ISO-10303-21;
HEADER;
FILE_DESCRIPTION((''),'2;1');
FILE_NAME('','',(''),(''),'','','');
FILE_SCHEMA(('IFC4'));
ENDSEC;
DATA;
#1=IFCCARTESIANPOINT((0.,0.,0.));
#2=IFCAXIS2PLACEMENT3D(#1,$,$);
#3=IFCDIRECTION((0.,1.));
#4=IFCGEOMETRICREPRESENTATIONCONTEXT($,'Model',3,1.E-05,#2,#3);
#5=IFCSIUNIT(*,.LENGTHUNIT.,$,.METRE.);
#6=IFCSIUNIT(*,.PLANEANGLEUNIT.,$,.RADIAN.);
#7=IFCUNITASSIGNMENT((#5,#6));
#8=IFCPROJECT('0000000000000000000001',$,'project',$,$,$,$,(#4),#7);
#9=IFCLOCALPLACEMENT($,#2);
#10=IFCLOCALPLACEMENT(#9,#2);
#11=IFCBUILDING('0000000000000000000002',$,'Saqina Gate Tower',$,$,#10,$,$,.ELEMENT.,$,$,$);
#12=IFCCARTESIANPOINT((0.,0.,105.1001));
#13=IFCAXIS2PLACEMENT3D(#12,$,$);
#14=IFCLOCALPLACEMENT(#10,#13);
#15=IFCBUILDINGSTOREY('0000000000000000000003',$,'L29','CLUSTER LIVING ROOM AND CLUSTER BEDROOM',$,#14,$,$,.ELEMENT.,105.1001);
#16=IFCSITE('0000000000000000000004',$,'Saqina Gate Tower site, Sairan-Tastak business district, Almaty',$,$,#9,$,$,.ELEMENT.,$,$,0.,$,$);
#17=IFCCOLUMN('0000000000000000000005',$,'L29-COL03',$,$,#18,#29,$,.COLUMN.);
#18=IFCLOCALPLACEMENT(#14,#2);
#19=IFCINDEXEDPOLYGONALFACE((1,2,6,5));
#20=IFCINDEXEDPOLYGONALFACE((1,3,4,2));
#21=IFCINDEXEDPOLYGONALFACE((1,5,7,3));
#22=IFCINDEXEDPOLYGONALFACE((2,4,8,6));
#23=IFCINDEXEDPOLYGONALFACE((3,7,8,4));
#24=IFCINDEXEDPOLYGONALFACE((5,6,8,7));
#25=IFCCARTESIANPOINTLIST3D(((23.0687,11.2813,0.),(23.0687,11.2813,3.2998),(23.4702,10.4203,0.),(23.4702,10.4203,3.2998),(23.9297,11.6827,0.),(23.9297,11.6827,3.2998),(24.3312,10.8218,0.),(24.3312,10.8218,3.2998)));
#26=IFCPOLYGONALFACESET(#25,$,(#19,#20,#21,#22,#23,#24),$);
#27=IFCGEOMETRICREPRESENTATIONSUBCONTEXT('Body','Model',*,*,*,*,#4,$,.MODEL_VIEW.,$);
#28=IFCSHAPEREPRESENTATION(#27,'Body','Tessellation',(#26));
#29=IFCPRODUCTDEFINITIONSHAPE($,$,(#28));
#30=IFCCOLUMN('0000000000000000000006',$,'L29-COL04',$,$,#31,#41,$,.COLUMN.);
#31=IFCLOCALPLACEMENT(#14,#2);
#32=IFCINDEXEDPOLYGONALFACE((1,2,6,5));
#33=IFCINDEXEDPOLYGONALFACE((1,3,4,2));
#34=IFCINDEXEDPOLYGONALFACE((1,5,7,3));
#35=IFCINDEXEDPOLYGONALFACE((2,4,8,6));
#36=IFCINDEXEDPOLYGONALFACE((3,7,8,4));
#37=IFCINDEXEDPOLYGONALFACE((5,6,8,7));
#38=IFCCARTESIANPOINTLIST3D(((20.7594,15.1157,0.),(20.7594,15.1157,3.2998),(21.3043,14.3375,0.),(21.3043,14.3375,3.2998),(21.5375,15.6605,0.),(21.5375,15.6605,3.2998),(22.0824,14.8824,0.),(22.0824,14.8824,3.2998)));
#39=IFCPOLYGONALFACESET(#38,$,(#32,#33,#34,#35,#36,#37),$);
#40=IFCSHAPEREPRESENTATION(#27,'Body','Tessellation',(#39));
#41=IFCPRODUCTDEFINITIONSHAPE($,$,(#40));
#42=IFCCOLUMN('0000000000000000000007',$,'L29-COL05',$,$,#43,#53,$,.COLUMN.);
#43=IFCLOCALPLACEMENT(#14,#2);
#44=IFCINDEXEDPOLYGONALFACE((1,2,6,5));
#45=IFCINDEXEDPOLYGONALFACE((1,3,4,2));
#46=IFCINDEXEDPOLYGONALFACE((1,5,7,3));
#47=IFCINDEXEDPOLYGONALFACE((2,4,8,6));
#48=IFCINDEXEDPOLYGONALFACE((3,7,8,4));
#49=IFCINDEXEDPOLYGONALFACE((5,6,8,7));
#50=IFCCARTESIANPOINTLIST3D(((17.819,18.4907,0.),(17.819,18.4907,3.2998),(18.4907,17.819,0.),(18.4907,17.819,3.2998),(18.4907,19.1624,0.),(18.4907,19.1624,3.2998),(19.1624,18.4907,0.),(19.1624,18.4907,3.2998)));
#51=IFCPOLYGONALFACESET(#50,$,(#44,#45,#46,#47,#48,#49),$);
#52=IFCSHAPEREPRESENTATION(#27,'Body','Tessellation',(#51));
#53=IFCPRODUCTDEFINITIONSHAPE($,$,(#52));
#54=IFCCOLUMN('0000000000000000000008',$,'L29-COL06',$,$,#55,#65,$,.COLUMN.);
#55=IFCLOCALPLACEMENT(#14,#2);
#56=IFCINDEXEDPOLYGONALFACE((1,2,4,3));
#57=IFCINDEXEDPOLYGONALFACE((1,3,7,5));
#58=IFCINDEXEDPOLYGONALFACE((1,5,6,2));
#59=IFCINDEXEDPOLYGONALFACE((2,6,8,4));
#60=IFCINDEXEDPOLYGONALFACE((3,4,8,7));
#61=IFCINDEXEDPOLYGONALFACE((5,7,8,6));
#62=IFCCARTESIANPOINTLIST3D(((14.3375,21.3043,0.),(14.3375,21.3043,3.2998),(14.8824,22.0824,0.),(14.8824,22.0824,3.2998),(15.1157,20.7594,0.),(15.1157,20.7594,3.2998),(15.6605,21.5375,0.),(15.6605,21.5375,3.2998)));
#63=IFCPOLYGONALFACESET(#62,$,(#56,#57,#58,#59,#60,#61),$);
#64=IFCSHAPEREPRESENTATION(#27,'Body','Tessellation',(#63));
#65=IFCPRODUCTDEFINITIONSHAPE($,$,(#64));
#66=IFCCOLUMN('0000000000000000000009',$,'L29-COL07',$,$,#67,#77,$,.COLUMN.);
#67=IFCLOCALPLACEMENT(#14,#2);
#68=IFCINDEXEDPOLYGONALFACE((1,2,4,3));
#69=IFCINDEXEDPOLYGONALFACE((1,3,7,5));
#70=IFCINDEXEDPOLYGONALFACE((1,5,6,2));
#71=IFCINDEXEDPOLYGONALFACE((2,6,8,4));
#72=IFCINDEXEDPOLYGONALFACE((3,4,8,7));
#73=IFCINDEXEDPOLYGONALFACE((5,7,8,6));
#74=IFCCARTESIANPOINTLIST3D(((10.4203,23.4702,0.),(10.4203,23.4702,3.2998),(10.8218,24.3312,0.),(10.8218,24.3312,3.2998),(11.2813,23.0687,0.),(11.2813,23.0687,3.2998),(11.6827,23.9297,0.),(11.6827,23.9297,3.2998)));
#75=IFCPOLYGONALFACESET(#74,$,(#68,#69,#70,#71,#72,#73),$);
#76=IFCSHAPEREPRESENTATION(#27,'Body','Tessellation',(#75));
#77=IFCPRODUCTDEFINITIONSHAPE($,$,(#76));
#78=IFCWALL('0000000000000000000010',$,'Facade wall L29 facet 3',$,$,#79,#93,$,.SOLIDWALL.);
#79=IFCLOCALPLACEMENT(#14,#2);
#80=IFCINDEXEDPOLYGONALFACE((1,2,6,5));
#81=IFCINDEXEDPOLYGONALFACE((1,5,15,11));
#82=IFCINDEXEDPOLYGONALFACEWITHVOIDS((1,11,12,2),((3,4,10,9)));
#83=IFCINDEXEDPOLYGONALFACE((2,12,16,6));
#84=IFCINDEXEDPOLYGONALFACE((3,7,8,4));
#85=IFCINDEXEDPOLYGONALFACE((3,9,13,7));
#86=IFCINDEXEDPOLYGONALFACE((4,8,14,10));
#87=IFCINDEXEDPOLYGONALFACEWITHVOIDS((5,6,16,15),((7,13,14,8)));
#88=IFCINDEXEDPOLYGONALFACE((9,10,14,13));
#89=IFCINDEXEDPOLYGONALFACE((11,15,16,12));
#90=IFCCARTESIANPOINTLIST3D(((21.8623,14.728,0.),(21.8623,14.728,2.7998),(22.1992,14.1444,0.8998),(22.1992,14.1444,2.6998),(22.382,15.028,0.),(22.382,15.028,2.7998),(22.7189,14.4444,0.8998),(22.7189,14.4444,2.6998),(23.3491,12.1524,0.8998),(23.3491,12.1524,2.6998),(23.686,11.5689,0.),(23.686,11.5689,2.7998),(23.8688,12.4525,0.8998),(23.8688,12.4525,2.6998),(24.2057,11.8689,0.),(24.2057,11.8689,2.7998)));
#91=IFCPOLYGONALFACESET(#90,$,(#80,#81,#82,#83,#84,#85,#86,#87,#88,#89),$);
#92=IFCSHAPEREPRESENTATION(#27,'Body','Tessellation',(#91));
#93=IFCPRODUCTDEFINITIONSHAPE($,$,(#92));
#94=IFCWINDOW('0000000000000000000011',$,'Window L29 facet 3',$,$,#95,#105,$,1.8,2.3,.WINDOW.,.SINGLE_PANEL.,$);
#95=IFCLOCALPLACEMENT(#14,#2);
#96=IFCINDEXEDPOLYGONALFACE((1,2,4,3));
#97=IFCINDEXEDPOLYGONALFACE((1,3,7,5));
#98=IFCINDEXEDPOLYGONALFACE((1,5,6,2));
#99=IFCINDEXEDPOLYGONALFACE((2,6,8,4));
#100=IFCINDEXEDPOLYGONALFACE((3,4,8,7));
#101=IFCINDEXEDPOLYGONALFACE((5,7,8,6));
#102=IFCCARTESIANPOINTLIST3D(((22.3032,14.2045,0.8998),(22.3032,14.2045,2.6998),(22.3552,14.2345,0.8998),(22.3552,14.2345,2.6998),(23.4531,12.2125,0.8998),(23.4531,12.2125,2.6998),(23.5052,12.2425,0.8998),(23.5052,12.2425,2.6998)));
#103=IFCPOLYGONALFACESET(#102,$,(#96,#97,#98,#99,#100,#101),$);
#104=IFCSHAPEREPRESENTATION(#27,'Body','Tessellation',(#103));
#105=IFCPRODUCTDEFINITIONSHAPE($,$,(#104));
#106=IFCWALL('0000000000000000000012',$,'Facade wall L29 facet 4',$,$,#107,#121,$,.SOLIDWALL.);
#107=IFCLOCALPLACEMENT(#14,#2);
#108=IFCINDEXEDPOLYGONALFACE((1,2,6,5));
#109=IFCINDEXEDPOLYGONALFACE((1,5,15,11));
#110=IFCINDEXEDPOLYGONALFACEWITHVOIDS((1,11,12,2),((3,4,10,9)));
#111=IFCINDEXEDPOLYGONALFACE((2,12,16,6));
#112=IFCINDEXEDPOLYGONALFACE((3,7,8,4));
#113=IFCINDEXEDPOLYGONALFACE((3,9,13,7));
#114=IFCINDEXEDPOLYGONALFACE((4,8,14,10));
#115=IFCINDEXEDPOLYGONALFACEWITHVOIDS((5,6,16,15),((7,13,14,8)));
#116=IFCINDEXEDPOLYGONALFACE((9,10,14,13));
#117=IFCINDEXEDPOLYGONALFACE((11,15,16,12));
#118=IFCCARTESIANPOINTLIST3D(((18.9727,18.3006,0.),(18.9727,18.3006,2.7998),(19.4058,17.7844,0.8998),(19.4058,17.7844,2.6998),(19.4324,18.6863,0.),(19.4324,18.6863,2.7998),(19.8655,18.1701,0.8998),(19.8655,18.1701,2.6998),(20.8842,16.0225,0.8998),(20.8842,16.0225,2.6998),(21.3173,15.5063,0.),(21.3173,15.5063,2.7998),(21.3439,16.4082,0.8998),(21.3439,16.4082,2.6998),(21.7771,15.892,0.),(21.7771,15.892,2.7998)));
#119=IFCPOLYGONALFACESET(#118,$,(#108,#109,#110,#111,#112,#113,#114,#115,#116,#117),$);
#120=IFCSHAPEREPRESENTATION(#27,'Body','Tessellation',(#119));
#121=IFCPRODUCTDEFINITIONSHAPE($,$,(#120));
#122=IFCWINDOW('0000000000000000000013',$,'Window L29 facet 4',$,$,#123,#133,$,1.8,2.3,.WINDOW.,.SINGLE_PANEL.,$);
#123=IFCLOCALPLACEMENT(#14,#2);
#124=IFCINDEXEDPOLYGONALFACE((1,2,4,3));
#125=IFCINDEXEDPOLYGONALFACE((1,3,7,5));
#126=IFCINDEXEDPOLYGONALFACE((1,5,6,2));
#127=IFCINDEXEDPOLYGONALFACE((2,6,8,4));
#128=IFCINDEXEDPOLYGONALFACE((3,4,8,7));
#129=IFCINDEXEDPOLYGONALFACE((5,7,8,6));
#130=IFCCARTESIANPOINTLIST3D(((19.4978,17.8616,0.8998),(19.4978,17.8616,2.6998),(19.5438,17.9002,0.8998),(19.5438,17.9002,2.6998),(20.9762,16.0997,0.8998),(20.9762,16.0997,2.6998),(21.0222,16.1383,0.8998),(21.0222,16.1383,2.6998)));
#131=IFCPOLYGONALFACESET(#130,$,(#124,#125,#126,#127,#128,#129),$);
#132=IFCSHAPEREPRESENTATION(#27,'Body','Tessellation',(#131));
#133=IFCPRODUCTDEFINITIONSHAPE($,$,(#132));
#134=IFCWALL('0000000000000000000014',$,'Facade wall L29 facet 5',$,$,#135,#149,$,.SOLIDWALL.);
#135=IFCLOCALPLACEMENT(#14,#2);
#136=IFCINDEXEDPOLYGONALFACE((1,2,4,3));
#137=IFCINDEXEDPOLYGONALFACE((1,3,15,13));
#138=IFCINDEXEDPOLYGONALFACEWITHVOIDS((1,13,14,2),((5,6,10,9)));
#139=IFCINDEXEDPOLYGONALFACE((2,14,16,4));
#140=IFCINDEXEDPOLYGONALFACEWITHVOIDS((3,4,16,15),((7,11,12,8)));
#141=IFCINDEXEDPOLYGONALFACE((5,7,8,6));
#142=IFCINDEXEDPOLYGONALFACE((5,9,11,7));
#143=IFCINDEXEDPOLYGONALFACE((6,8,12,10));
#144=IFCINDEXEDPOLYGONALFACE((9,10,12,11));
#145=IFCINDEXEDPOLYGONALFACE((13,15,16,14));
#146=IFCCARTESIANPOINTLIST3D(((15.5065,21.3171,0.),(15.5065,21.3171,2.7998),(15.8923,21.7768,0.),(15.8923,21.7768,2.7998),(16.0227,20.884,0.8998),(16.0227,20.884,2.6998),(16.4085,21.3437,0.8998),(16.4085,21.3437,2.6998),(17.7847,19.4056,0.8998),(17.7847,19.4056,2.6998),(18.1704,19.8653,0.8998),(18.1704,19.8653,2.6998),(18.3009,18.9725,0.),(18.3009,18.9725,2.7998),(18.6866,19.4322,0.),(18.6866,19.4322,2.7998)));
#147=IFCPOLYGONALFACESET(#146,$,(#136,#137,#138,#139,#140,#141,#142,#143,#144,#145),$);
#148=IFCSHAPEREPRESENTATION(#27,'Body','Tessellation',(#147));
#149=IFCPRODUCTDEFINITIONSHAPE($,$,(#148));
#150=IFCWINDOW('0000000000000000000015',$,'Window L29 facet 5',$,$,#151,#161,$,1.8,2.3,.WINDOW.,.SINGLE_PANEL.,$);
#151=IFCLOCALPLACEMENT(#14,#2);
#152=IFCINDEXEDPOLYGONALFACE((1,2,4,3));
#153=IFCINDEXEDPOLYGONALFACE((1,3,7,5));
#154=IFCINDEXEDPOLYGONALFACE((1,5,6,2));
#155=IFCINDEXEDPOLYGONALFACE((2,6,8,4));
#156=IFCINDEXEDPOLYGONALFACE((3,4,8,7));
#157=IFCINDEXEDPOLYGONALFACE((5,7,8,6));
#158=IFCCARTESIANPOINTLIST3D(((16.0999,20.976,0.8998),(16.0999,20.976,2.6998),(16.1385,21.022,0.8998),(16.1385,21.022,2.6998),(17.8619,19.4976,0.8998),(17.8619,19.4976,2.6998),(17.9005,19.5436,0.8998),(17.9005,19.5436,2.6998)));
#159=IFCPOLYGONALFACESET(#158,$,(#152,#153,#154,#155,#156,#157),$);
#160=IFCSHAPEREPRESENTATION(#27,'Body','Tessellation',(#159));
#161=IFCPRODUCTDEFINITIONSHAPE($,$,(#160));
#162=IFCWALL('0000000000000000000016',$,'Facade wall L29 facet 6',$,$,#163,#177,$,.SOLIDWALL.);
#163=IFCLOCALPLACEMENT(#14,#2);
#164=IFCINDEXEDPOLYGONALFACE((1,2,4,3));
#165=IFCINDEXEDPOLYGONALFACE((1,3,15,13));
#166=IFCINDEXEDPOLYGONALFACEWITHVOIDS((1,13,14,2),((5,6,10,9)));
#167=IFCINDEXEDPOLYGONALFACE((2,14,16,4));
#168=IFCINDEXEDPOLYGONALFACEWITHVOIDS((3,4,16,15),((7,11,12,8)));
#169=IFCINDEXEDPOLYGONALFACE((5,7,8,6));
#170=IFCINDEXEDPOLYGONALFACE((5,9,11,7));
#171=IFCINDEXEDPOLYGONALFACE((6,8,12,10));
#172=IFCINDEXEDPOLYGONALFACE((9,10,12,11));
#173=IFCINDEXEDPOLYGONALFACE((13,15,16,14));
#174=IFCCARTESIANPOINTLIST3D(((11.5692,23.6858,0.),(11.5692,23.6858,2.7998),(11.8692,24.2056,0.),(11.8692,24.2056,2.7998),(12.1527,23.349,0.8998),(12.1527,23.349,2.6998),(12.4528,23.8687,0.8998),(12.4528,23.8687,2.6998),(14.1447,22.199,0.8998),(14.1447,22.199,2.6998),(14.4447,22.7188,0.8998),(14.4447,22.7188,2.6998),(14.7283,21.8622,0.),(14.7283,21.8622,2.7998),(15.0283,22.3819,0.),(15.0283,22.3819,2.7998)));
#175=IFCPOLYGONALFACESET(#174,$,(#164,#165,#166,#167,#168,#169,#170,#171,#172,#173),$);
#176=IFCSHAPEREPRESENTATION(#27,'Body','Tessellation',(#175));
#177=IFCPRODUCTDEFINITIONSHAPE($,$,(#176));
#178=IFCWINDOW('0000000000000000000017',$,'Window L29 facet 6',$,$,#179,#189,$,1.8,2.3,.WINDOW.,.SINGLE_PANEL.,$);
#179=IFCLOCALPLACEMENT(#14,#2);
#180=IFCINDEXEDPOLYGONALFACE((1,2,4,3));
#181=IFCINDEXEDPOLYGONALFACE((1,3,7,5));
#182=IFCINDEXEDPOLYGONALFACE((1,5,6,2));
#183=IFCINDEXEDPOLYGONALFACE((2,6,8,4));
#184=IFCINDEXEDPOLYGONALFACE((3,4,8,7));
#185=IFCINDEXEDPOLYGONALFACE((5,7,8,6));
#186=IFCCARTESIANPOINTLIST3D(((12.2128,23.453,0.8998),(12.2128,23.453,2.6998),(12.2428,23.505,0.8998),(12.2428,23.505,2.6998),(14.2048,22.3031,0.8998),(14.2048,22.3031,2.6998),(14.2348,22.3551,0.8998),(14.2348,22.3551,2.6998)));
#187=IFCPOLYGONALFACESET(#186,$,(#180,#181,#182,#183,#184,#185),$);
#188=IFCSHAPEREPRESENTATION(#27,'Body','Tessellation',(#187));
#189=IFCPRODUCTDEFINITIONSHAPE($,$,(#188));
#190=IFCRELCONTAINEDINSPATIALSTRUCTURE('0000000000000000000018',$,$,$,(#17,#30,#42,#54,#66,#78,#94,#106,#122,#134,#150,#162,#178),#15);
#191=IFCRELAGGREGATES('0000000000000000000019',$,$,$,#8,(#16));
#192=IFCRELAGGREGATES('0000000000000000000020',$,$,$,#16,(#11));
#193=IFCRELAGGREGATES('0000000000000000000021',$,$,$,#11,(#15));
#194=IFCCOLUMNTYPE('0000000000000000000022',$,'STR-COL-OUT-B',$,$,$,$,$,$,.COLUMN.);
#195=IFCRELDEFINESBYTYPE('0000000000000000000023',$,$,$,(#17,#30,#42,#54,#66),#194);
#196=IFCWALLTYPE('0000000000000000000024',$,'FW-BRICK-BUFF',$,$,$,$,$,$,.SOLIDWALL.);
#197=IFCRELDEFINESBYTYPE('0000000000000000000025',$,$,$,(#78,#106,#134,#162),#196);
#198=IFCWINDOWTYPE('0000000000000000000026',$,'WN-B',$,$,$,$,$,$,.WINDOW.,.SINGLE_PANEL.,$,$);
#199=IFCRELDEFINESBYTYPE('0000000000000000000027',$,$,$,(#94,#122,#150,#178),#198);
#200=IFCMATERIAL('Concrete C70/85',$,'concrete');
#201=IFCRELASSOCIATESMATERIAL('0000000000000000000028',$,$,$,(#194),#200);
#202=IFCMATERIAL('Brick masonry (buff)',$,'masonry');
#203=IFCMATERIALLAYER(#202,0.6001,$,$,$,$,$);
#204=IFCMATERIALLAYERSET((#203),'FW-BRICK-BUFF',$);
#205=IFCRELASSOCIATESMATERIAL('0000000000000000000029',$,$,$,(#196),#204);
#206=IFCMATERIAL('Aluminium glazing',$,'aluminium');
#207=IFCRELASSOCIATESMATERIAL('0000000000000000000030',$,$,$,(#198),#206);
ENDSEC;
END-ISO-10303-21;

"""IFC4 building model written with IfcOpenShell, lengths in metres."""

from ifc_helpers import new_model, si_unit, direction, frame, frame_2d, origin, origin_2d, place, context, subcontext, project, spatial, rectangle, extrude, material, layer, layer_set, material_profile, profile_set, type_object, element, fill, save


model = new_model("IFC4")

# Units and contexts
model_context = context("Model", 3, precision=1e-05, world=origin(), true_north=direction((0.0, 1.0)))
body_context = subcontext(model_context, "Body", "Model", "MODEL_VIEW")
ifc_project = project(units=[si_unit("LENGTHUNIT", "METRE"), si_unit("PLANEANGLEUNIT", "RADIAN")], contexts=[model_context])

# Site, building, storey
site_placement = place(None, origin())
site = spatial("IfcSite", under=ifc_project, at=site_placement, Name="Saqina Gate Tower site, Sairan-Tastak business district, Almaty", CompositionType="ELEMENT", RefElevation=0.0)
building_placement = place(site_placement, origin())
building = spatial("IfcBuilding", under=site, at=building_placement, Name="Saqina Gate Tower", CompositionType="ELEMENT")
storey_placement = place(building_placement, frame((0.0, 0.0, 105.1001)))
storey = spatial("IfcBuildingStorey", under=building, at=storey_placement, Name="L29", Description="CLUSTER LIVING ROOM AND CLUSTER BEDROOM", CompositionType="ELEMENT", Elevation=105.1001)

# Columns
ifc_material_1 = material(Name="Concrete C70/85", Category="concrete")
ifc_material_profile = material_profile(ifc_material_1, rectangle(XDim=0.95, YDim=0.95, at=origin_2d()), Name="RC 950x950")
ifc_profile_set = profile_set([ifc_material_profile], Name="Concrete C70/85")
column_type = type_object("IfcColumnType", Name="STR-COL-OUT-B", PredefinedType="COLUMN", material=ifc_profile_set)
for number, where, z_axis, x_axis, name in (
    (1, (23.7, 11.0515, 0.0), (0.0, 0.0, 1.0), (0.906308, 0.422618, 0.0), "L29-COL03"),
    (2, (21.4209, 14.999, 0.0), (0.0, 0.0, 1.0), (0.819152, 0.573576, 0.0), "L29-COL04"),
    (3, (18.4907, 18.4907, 0.0), (0.0, 0.0, 1.0), (0.707107, 0.707107, 0.0), "L29-COL05"),
    (4, (14.999, 21.4209, 0.0), (0.0, 0.0, 1.0), (0.573576, 0.819152, 0.0), "L29-COL06"),
    (5, (11.0515, 23.7, 0.0), (0.0, 0.0, 1.0), (0.422618, 0.906308, 0.0), "L29-COL07"),
):
    element("IfcColumn", number, at=place(storey_placement, frame(where, z_axis=z_axis, x_axis=x_axis)), inside=storey, type_object=column_type, Name=name, PredefinedType="COLUMN", context=body_context, shape_type="SweptSolid", body=[
        extrude(rectangle(XDim=0.95, YDim=0.95, at=origin_2d()), origin(), (0.0, 0.0, 1.0), 3.2998),
    ])

# Walls, openings, windows
ifc_material_2 = material(Name="Brick masonry (buff)", Category="masonry")
ifc_layer_1 = layer(ifc_material_2, 0.6001)
ifc_layer_set_1 = layer_set([ifc_layer_1], Name="FW-BRICK-BUFF")
wall_type_1 = type_object("IfcWallType", Name="FW-BRICK-BUFF", PredefinedType="SOLIDWALL", material=ifc_layer_set_1)
wall_1_placement = place(storey_placement, frame((23.9458, 11.719, 0.0), z_axis=(0.0, 0.0, 1.0), x_axis=(-0.499954, 0.866052, 0.0)))
wall_1 = element("IfcWall", 6, at=wall_1_placement, inside=storey, type_object=wall_type_1, Name="Facade wall L29 facet 3", PredefinedType="SOLIDWALL", context=body_context, shape_type="SweptSolid", body=[
    extrude(rectangle(XDim=3.6477, YDim=0.6001, at=frame_2d((1.8237, 0.0))), origin(), (0.0, 0.0, 1.0), 2.7998),
])
opening_1_placement = place(wall_1_placement, frame((0.6738, 0.0, 0.8999)))
opening_1 = element("IfcOpeningElement", 7, at=opening_1_placement, cuts=wall_1, PredefinedType="OPENING", context=body_context, shape_type="SweptSolid", body=[
    extrude(rectangle(XDim=2.3, YDim=1.8, at=frame_2d((1.1499, 0.8999))), frame((0.0, 0.312, 0.0), z_axis=(0.0, -1.0, 0.0), x_axis=(1.0, 0.0, 0.0)), (0.0, 0.0, 1.0), 0.624),
])
ifc_material_3 = material(Name="Aluminium glazing", Category="aluminium")
window_type = type_object("IfcWindowType", Name="WN-B", PartitioningType="SINGLE_PANEL", PredefinedType="WINDOW", material=ifc_material_3)
window_1_placement = place(opening_1_placement, origin())
window_1 = element("IfcWindow", 8, at=window_1_placement, inside=storey, type_object=window_type, Name="Window L29 facet 3", OverallHeight=1.8, OverallWidth=2.3, PartitioningType="SINGLE_PANEL", PredefinedType="WINDOW", context=body_context, shape_type="SweptSolid", body=[
    extrude(rectangle(XDim=2.3, YDim=1.8, at=frame_2d((1.1499, 0.8999))), frame((0.0, 0.1799, 0.0), z_axis=(0.0, -1.0, 0.0), x_axis=(1.0, 0.0, 0.0)), (0.0, 0.0, 1.0), 0.0601),
])
fill(opening_1, window_1)
wall_2_placement = place(storey_placement, frame((21.5471, 15.6992, 0.0), z_axis=(0.0, 0.0, 1.0), x_axis=(-0.642774, 0.766055, 0.0)))
wall_2 = element("IfcWall", 9, at=wall_2_placement, inside=storey, type_object=wall_type_1, Name="Facade wall L29 facet 4", PredefinedType="SOLIDWALL", context=body_context, shape_type="SweptSolid", body=[
    extrude(rectangle(XDim=3.6477, YDim=0.6001, at=frame_2d((1.8237, 0.0))), origin(), (0.0, 0.0, 1.0), 2.7998),
])
opening_2_placement = place(wall_2_placement, frame((0.6738, 0.0, 0.8999)))
opening_2 = element("IfcOpeningElement", 10, at=opening_2_placement, cuts=wall_2, PredefinedType="OPENING", context=body_context, shape_type="SweptSolid", body=[
    extrude(rectangle(XDim=2.3, YDim=1.8, at=frame_2d((1.1499, 0.8999))), frame((0.0, 0.312, 0.0), z_axis=(0.0, -1.0, 0.0), x_axis=(1.0, 0.0, 0.0)), (0.0, 0.0, 1.0), 0.624),
])
window_2_placement = place(opening_2_placement, origin())
window_2 = element("IfcWindow", 11, at=window_2_placement, inside=storey, type_object=window_type, Name="Window L29 facet 4", OverallHeight=1.8, OverallWidth=2.3, PartitioningType="SINGLE_PANEL", PredefinedType="WINDOW", context=body_context, shape_type="SweptSolid", body=[
    extrude(rectangle(XDim=2.3, YDim=1.8, at=frame_2d((1.1499, 0.8999))), frame((0.0, 0.1799, 0.0), z_axis=(0.0, -1.0, 0.0), x_axis=(1.0, 0.0, 0.0)), (0.0, 0.0, 1.0), 0.0601),
])
fill(opening_2, window_2)
wall_3_placement = place(storey_placement, frame((18.4937, 19.2024, 0.0), z_axis=(0.0, 0.0, 1.0), x_axis=(-0.766055, 0.642774, 0.0)))
wall_3 = element("IfcWall", 12, at=wall_3_placement, inside=storey, type_object=wall_type_1, Name="Facade wall L29 facet 5", PredefinedType="SOLIDWALL", context=body_context, shape_type="SweptSolid", body=[
    extrude(rectangle(XDim=3.6477, YDim=0.6001, at=frame_2d((1.8237, 0.0))), origin(), (0.0, 0.0, 1.0), 2.7998),
])
opening_3_placement = place(wall_3_placement, frame((0.6738, 0.0, 0.8999)))
opening_3 = element("IfcOpeningElement", 13, at=opening_3_placement, cuts=wall_3, PredefinedType="OPENING", context=body_context, shape_type="SweptSolid", body=[
    extrude(rectangle(XDim=2.3, YDim=1.8, at=frame_2d((1.1499, 0.8999))), frame((0.0, 0.312, 0.0), z_axis=(0.0, -1.0, 0.0), x_axis=(1.0, 0.0, 0.0)), (0.0, 0.0, 1.0), 0.624),
])
window_3_placement = place(opening_3_placement, origin())
window_3 = element("IfcWindow", 14, at=window_3_placement, inside=storey, type_object=window_type, Name="Window L29 facet 5", OverallHeight=1.8, OverallWidth=2.3, PartitioningType="SINGLE_PANEL", PredefinedType="WINDOW", context=body_context, shape_type="SweptSolid", body=[
    extrude(rectangle(XDim=2.3, YDim=1.8, at=frame_2d((1.1499, 0.8999))), frame((0.0, 0.1799, 0.0), z_axis=(0.0, -1.0, 0.0), x_axis=(1.0, 0.0, 0.0)), (0.0, 0.0, 1.0), 0.0601),
])
fill(opening_3, window_3)
wall_4_placement = place(storey_placement, frame((14.8782, 22.1221, 0.0), z_axis=(0.0, 0.0, 1.0), x_axis=(-0.866052, 0.499954, 0.0)))
wall_4 = element("IfcWall", 15, at=wall_4_placement, inside=storey, type_object=wall_type_1, Name="Facade wall L29 facet 6", PredefinedType="SOLIDWALL", context=body_context, shape_type="SweptSolid", body=[
    extrude(rectangle(XDim=3.6477, YDim=0.6001, at=frame_2d((1.8237, 0.0))), origin(), (0.0, 0.0, 1.0), 2.7998),
])
opening_4_placement = place(wall_4_placement, frame((0.6738, 0.0, 0.8999)))
opening_4 = element("IfcOpeningElement", 16, at=opening_4_placement, cuts=wall_4, PredefinedType="OPENING", context=body_context, shape_type="SweptSolid", body=[
    extrude(rectangle(XDim=2.3, YDim=1.8, at=frame_2d((1.1499, 0.8999))), frame((0.0, 0.312, 0.0), z_axis=(0.0, -1.0, 0.0), x_axis=(1.0, 0.0, 0.0)), (0.0, 0.0, 1.0), 0.624),
])
window_4_placement = place(opening_4_placement, origin())
window_4 = element("IfcWindow", 17, at=window_4_placement, inside=storey, type_object=window_type, Name="Window L29 facet 6", OverallHeight=1.8, OverallWidth=2.3, PartitioningType="SINGLE_PANEL", PredefinedType="WINDOW", context=body_context, shape_type="SweptSolid", body=[
    extrude(rectangle(XDim=2.3, YDim=1.8, at=frame_2d((1.1499, 0.8999))), frame((0.0, 0.1799, 0.0), z_axis=(0.0, -1.0, 0.0), x_axis=(1.0, 0.0, 0.0)), (0.0, 0.0, 1.0), 0.0601),
])
fill(opening_4, window_4)

save(model, "model.ifc")
